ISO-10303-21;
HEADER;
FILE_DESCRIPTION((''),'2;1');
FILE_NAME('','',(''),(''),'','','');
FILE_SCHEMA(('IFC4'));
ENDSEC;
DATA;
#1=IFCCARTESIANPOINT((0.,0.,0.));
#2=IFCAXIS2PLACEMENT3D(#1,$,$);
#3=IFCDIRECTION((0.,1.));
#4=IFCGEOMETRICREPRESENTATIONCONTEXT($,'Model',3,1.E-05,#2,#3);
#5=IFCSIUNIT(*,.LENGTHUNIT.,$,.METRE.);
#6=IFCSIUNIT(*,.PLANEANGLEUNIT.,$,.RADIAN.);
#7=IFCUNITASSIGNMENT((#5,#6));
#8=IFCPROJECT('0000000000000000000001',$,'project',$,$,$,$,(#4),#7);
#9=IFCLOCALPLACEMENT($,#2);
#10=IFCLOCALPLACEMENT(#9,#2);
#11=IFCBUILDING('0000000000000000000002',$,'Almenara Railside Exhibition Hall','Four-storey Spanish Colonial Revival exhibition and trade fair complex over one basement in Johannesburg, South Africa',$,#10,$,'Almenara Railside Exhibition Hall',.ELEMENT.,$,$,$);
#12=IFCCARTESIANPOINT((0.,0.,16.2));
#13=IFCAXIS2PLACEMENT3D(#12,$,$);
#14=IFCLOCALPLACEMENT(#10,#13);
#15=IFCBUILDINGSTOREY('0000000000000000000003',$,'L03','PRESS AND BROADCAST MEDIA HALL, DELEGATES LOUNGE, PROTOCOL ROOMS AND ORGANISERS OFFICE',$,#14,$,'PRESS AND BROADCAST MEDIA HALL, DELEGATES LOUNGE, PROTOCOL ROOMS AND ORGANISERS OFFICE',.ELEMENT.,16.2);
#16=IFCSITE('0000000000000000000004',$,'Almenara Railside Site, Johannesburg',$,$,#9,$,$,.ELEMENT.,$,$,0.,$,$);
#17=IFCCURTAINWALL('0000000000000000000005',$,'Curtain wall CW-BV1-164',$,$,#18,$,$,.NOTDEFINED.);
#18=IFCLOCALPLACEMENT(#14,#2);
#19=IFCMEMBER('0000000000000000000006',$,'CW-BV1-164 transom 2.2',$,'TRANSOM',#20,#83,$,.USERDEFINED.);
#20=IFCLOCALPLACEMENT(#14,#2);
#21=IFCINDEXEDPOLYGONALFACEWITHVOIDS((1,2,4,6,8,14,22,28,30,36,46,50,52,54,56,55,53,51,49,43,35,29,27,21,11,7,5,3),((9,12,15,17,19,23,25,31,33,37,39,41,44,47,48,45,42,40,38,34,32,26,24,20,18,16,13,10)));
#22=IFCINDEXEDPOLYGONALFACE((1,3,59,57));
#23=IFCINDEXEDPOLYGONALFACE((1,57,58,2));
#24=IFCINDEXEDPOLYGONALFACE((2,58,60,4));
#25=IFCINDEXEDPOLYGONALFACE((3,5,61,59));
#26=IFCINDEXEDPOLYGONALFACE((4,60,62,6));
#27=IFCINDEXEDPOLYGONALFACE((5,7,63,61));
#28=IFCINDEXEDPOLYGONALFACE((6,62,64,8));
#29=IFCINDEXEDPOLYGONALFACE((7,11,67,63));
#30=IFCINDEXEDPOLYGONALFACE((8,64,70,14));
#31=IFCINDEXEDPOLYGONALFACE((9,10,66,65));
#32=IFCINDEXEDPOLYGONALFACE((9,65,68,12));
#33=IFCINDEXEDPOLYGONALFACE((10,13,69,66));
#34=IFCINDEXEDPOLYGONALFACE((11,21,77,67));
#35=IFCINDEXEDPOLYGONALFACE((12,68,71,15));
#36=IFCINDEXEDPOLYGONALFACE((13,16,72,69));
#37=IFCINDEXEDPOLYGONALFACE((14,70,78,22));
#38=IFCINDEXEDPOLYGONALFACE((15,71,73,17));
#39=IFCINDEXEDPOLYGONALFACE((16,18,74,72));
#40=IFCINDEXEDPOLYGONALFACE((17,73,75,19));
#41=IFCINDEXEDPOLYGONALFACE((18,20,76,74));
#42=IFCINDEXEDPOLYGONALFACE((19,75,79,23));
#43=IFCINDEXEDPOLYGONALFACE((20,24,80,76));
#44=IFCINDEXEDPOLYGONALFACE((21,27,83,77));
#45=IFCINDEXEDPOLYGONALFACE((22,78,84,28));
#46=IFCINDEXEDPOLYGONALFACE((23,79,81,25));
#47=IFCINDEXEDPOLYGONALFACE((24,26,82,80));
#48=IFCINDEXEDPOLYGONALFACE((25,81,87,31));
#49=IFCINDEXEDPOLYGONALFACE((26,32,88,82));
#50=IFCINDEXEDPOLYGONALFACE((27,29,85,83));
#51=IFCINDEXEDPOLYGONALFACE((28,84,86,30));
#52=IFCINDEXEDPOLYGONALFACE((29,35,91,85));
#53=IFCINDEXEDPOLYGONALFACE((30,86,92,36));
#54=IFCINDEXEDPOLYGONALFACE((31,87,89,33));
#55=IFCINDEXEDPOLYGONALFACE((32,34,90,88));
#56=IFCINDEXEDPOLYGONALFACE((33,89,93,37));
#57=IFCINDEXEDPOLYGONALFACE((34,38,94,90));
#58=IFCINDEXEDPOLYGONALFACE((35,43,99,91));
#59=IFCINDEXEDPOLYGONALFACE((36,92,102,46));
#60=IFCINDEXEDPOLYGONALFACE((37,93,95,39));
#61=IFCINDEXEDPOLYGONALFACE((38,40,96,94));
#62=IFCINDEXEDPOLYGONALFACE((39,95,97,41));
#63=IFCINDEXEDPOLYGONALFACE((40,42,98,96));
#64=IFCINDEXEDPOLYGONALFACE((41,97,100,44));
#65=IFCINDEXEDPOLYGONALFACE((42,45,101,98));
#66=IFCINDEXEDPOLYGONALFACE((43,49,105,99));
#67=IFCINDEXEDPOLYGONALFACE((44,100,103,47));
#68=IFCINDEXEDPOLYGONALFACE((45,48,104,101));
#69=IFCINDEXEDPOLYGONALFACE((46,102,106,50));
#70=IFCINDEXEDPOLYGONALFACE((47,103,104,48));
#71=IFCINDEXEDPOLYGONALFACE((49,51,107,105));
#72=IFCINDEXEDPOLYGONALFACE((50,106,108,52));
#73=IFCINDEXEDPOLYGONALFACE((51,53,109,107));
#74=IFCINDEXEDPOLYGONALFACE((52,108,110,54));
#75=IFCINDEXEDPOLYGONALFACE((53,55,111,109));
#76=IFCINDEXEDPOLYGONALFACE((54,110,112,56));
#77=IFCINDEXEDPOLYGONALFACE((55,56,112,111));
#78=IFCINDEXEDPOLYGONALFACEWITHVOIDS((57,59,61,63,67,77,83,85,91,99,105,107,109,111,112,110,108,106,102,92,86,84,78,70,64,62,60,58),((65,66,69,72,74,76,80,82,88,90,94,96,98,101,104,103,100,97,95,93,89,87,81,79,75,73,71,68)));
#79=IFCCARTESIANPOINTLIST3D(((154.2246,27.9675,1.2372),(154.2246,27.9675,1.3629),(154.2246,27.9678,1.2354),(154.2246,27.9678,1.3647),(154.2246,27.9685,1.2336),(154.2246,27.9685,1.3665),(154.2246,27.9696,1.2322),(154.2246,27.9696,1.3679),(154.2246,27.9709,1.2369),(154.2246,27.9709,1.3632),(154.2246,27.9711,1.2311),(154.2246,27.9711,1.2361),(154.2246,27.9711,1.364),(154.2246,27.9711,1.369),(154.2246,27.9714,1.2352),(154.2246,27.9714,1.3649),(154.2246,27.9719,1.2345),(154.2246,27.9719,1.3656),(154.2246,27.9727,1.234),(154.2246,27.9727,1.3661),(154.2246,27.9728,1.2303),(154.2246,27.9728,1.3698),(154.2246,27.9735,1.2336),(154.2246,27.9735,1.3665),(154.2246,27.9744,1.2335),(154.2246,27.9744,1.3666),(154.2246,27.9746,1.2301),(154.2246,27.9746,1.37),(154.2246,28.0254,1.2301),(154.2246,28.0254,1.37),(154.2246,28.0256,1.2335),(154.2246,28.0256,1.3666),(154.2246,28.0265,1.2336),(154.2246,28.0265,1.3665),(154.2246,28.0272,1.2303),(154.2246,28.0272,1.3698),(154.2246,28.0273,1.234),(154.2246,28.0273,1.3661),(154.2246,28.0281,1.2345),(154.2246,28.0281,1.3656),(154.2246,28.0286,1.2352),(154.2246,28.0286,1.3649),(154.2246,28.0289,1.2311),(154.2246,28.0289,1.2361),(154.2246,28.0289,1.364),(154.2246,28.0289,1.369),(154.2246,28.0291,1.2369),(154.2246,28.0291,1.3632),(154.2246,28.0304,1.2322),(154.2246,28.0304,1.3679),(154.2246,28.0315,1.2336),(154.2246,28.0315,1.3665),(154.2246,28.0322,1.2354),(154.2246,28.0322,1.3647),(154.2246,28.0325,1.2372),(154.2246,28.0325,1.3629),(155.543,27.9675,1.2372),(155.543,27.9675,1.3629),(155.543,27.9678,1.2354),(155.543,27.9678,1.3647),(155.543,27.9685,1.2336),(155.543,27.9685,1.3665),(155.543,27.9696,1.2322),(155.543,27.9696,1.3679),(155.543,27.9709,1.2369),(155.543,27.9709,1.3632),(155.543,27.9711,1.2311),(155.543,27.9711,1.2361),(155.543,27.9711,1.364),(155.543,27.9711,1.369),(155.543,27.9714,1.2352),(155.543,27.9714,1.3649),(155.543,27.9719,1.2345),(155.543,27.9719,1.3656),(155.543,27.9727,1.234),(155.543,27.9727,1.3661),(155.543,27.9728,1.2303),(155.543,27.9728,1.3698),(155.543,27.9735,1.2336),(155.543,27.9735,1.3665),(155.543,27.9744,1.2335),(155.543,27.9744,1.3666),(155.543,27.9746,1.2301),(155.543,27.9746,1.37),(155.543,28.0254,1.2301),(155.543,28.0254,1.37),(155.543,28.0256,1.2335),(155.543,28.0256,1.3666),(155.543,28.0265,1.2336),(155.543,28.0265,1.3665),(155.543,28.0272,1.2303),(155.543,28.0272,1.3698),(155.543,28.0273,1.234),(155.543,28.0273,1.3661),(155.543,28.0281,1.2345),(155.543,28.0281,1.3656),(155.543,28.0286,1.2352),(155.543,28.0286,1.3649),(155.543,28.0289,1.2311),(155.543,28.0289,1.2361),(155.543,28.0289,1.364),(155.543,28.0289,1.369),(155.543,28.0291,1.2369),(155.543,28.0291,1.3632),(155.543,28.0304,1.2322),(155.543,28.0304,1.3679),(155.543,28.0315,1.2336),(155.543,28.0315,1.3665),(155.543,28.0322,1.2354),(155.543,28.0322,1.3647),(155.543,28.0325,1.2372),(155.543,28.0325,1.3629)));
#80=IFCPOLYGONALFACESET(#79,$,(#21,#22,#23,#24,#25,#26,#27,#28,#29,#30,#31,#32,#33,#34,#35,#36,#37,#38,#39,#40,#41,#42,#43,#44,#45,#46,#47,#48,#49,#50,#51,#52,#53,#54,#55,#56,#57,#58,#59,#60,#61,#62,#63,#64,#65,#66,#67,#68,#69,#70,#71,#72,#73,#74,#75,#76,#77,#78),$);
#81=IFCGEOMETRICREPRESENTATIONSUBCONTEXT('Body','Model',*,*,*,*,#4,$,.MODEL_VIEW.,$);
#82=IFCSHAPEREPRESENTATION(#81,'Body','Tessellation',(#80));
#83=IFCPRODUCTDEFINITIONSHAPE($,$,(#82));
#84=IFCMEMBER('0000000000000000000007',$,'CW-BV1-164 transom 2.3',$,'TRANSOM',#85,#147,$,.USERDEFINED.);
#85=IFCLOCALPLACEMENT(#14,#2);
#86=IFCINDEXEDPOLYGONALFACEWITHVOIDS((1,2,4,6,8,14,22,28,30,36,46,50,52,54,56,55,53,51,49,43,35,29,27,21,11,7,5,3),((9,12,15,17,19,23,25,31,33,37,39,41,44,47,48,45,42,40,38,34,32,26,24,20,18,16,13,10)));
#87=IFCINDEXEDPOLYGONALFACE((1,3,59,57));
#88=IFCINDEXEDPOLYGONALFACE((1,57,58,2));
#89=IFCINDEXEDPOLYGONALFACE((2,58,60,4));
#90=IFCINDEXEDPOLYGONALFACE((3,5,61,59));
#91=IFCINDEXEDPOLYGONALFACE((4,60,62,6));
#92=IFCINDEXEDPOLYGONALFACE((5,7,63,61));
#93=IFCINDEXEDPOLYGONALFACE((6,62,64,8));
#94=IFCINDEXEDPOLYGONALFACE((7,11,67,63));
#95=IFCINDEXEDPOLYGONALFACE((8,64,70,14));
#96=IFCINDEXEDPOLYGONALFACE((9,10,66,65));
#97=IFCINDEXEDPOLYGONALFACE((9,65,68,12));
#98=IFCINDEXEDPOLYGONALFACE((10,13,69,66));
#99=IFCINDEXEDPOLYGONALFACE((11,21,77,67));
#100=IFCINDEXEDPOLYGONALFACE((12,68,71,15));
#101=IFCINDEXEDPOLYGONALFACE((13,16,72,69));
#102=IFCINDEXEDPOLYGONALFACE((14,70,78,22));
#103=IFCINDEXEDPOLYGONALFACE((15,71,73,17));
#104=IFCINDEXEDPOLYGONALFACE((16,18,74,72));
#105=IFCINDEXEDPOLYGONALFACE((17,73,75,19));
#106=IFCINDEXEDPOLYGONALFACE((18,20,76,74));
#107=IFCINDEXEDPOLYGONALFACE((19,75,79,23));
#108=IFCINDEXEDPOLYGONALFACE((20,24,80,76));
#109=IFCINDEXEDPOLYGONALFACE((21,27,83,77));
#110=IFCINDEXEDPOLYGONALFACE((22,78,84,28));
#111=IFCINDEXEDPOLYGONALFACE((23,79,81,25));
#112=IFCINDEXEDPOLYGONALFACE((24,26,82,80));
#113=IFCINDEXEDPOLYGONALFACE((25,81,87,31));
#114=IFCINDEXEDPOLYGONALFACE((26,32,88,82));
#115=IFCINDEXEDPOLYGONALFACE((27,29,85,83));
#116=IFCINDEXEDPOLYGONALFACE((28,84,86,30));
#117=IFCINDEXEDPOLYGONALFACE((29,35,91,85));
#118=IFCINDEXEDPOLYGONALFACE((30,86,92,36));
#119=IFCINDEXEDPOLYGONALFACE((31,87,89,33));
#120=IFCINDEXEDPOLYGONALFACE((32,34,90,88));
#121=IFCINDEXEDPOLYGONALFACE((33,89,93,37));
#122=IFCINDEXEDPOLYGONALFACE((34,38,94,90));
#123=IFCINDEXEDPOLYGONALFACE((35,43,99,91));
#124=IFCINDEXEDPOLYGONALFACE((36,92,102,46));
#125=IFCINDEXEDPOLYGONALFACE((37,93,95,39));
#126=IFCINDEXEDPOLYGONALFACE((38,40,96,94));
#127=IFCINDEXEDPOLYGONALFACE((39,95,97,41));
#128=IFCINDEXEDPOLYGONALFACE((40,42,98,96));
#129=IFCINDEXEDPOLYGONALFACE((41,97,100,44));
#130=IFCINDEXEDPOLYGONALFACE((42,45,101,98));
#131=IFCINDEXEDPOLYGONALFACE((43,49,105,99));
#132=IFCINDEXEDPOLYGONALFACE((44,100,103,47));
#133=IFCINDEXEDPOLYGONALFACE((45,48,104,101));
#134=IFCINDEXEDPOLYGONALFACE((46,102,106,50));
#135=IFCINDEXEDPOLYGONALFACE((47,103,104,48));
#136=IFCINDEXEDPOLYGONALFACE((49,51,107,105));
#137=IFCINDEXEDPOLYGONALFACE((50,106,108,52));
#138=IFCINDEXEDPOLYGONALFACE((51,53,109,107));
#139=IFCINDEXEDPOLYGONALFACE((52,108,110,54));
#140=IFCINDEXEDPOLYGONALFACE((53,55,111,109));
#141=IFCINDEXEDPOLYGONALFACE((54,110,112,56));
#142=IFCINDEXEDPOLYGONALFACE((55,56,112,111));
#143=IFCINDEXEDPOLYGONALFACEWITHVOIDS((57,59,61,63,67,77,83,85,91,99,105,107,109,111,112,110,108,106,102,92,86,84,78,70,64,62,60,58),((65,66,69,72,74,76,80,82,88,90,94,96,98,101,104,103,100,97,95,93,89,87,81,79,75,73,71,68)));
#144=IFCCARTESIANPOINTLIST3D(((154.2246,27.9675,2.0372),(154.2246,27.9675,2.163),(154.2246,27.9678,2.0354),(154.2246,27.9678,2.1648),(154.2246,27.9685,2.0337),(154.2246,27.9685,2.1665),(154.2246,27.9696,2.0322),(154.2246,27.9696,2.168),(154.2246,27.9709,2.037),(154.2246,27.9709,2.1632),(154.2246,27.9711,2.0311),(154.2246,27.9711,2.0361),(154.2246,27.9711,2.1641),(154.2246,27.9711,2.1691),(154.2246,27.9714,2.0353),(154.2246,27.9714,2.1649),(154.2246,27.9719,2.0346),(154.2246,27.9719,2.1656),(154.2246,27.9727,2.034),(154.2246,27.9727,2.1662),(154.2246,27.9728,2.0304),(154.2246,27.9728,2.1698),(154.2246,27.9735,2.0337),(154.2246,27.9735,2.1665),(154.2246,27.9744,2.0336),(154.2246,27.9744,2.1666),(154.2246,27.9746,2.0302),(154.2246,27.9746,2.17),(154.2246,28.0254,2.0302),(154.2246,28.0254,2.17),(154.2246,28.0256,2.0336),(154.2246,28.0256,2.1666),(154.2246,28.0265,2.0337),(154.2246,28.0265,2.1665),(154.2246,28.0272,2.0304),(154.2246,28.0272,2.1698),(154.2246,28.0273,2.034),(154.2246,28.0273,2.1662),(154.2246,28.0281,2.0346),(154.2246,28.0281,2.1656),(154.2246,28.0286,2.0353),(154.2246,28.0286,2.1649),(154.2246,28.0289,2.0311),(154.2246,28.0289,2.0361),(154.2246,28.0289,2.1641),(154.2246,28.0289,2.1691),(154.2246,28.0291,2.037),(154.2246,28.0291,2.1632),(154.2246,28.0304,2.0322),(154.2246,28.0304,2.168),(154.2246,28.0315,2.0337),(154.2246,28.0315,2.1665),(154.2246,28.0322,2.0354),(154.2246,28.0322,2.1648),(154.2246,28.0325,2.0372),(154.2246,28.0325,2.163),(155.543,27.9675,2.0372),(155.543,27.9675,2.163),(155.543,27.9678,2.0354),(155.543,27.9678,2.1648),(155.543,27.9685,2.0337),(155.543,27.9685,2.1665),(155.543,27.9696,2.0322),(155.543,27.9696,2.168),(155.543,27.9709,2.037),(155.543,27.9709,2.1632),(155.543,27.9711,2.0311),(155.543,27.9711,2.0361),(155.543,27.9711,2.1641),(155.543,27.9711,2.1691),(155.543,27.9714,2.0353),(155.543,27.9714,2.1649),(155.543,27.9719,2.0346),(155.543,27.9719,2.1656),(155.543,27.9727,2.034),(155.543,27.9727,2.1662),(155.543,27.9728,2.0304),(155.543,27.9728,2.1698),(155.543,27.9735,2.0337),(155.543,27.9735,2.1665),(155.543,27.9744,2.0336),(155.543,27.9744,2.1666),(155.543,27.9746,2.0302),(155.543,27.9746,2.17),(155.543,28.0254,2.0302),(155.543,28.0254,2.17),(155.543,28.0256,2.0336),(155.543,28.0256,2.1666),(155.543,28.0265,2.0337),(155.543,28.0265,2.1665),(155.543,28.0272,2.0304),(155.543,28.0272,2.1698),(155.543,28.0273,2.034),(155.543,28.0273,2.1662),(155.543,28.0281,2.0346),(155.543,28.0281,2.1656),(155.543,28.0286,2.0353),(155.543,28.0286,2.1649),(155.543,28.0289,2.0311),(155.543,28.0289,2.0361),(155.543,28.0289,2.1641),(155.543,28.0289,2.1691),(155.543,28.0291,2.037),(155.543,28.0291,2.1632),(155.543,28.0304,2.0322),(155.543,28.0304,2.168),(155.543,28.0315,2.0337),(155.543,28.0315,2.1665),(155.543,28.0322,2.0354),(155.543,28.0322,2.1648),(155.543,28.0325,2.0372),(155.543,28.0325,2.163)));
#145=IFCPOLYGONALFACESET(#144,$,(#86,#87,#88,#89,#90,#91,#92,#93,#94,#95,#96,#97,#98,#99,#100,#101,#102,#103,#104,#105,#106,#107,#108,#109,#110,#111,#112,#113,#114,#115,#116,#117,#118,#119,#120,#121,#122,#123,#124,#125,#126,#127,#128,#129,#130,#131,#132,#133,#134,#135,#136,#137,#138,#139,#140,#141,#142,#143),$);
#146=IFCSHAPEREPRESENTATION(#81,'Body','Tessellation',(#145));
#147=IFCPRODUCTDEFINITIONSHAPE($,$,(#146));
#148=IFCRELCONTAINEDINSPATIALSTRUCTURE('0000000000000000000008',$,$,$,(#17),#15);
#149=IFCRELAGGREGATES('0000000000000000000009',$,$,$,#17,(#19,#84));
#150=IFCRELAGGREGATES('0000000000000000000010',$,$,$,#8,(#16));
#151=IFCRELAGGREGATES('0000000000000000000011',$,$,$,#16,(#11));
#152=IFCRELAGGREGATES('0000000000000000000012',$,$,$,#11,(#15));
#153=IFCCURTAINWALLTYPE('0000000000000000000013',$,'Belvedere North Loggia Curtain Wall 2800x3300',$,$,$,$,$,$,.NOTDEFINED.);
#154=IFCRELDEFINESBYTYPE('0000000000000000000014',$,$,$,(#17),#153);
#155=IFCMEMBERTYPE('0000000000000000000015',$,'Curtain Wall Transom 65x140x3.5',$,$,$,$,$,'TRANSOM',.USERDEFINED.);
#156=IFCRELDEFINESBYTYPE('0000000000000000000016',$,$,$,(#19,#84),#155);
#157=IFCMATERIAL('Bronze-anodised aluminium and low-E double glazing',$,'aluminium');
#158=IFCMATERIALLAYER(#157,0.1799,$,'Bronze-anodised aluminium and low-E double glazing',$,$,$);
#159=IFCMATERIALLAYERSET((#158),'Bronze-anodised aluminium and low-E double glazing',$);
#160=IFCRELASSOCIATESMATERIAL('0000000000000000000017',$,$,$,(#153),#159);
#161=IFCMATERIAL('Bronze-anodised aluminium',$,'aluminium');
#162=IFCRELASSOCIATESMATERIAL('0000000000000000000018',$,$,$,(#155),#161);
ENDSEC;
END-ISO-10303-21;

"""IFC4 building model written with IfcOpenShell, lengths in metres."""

from ifc_helpers import new_model, si_unit, direction, frame, origin, origin_2d, place, context, subcontext, project, spatial, hollow_rectangle, extrude, material, layer, layer_set, material_profile, profile_set, type_object, element, aggregate, save


model = new_model("IFC4")

# Units and contexts
model_context = context("Model", 3, precision=1e-05, world=origin(), true_north=direction((0.0, 1.0)))
body_context = subcontext(model_context, "Body", "Model", "MODEL_VIEW")
ifc_project = project(units=[si_unit("LENGTHUNIT", "METRE"), si_unit("PLANEANGLEUNIT", "RADIAN")], contexts=[model_context])

# Site, building, storey
site_placement = place(None, origin())
site = spatial("IfcSite", under=ifc_project, at=site_placement, Name="Almenara Railside Site, Johannesburg", CompositionType="ELEMENT", RefElevation=0.0)
building_placement = place(site_placement, origin())
building = spatial("IfcBuilding", under=site, at=building_placement, Name="Almenara Railside Exhibition Hall", Description="Four-storey Spanish Colonial Revival exhibition and trade fair complex over one basement in Johannesburg, South Africa", LongName="Almenara Railside Exhibition Hall", CompositionType="ELEMENT")
storey_placement = place(building_placement, frame((0.0, 0.0, 16.2)))
storey = spatial("IfcBuildingStorey", under=building, at=storey_placement, Name="L03", Description="PRESS AND BROADCAST MEDIA HALL, DELEGATES LOUNGE, PROTOCOL ROOMS AND ORGANISERS OFFICE", LongName="PRESS AND BROADCAST MEDIA HALL, DELEGATES LOUNGE, PROTOCOL ROOMS AND ORGANISERS OFFICE", CompositionType="ELEMENT", Elevation=16.2)

# Curtain wall, members
ifc_material_1 = material(Name="Bronze-anodised aluminium and low-E double glazing", Category="aluminium")
ifc_layer_1 = layer(ifc_material_1, 0.1799, Name="Bronze-anodised aluminium and low-E double glazing")
ifc_layer_set_1 = layer_set([ifc_layer_1], Name="Bronze-anodised aluminium and low-E double glazing")
curtain_wall_type = type_object("IfcCurtainWallType", Name="Belvedere North Loggia Curtain Wall 2800x3300", PredefinedType="NOTDEFINED", material=ifc_layer_set_1)
curtain_wall_placement = place(storey_placement, origin())
curtain_wall = element("IfcCurtainWall", 1, at=curtain_wall_placement, inside=storey, type_object=curtain_wall_type, Name="Curtain wall CW-BV1-164", PredefinedType="NOTDEFINED")
ifc_material_2 = material(Name="Bronze-anodised aluminium", Category="aluminium")
ifc_material_profile_1 = material_profile(ifc_material_2, hollow_rectangle(XDim=0.0649, YDim=0.1399, WallThickness=0.0034, InnerFilletRadius=0.0034, OuterFilletRadius=0.0071, at=origin_2d()), Name="ALU-TRN 65x140x3.5")
ifc_profile_set_1 = profile_set([ifc_material_profile_1], Name="Bronze-anodised aluminium")
member_type_1 = type_object("IfcMemberType", Name="Curtain Wall Transom 65x140x3.5", ElementType="TRANSOM", PredefinedType="USERDEFINED", material=ifc_profile_set_1)
member_1_placement = place(storey_placement, frame((154.2246, 28.0, 1.3), z_axis=(1.0, 0.0, 0.0), x_axis=(0.0, 1.0, 0.0)))
member_1 = element("IfcMember", 2, at=member_1_placement, type_object=member_type_1, Name="CW-BV1-164 transom 2.2", ObjectType="TRANSOM", PredefinedType="USERDEFINED", context=body_context, shape_type="SweptSolid", body=[
    extrude(hollow_rectangle(XDim=0.0649, YDim=0.1399, WallThickness=0.0034, InnerFilletRadius=0.0034, OuterFilletRadius=0.0071, at=origin_2d()), origin(), (0.0, 0.0, 1.0), 1.3184),
])
member_2_placement = place(storey_placement, frame((154.2246, 28.0, 2.1001), z_axis=(1.0, 0.0, 0.0), x_axis=(0.0, 1.0, 0.0)))
member_2 = element("IfcMember", 3, at=member_2_placement, type_object=member_type_1, Name="CW-BV1-164 transom 2.3", ObjectType="TRANSOM", PredefinedType="USERDEFINED", context=body_context, shape_type="SweptSolid", body=[
    extrude(hollow_rectangle(XDim=0.0649, YDim=0.1399, WallThickness=0.0034, InnerFilletRadius=0.0034, OuterFilletRadius=0.0071, at=origin_2d()), origin(), (0.0, 0.0, 1.0), 1.3184),
])

aggregate(curtain_wall, [member_1, member_2])

save(model, "model.ifc")
